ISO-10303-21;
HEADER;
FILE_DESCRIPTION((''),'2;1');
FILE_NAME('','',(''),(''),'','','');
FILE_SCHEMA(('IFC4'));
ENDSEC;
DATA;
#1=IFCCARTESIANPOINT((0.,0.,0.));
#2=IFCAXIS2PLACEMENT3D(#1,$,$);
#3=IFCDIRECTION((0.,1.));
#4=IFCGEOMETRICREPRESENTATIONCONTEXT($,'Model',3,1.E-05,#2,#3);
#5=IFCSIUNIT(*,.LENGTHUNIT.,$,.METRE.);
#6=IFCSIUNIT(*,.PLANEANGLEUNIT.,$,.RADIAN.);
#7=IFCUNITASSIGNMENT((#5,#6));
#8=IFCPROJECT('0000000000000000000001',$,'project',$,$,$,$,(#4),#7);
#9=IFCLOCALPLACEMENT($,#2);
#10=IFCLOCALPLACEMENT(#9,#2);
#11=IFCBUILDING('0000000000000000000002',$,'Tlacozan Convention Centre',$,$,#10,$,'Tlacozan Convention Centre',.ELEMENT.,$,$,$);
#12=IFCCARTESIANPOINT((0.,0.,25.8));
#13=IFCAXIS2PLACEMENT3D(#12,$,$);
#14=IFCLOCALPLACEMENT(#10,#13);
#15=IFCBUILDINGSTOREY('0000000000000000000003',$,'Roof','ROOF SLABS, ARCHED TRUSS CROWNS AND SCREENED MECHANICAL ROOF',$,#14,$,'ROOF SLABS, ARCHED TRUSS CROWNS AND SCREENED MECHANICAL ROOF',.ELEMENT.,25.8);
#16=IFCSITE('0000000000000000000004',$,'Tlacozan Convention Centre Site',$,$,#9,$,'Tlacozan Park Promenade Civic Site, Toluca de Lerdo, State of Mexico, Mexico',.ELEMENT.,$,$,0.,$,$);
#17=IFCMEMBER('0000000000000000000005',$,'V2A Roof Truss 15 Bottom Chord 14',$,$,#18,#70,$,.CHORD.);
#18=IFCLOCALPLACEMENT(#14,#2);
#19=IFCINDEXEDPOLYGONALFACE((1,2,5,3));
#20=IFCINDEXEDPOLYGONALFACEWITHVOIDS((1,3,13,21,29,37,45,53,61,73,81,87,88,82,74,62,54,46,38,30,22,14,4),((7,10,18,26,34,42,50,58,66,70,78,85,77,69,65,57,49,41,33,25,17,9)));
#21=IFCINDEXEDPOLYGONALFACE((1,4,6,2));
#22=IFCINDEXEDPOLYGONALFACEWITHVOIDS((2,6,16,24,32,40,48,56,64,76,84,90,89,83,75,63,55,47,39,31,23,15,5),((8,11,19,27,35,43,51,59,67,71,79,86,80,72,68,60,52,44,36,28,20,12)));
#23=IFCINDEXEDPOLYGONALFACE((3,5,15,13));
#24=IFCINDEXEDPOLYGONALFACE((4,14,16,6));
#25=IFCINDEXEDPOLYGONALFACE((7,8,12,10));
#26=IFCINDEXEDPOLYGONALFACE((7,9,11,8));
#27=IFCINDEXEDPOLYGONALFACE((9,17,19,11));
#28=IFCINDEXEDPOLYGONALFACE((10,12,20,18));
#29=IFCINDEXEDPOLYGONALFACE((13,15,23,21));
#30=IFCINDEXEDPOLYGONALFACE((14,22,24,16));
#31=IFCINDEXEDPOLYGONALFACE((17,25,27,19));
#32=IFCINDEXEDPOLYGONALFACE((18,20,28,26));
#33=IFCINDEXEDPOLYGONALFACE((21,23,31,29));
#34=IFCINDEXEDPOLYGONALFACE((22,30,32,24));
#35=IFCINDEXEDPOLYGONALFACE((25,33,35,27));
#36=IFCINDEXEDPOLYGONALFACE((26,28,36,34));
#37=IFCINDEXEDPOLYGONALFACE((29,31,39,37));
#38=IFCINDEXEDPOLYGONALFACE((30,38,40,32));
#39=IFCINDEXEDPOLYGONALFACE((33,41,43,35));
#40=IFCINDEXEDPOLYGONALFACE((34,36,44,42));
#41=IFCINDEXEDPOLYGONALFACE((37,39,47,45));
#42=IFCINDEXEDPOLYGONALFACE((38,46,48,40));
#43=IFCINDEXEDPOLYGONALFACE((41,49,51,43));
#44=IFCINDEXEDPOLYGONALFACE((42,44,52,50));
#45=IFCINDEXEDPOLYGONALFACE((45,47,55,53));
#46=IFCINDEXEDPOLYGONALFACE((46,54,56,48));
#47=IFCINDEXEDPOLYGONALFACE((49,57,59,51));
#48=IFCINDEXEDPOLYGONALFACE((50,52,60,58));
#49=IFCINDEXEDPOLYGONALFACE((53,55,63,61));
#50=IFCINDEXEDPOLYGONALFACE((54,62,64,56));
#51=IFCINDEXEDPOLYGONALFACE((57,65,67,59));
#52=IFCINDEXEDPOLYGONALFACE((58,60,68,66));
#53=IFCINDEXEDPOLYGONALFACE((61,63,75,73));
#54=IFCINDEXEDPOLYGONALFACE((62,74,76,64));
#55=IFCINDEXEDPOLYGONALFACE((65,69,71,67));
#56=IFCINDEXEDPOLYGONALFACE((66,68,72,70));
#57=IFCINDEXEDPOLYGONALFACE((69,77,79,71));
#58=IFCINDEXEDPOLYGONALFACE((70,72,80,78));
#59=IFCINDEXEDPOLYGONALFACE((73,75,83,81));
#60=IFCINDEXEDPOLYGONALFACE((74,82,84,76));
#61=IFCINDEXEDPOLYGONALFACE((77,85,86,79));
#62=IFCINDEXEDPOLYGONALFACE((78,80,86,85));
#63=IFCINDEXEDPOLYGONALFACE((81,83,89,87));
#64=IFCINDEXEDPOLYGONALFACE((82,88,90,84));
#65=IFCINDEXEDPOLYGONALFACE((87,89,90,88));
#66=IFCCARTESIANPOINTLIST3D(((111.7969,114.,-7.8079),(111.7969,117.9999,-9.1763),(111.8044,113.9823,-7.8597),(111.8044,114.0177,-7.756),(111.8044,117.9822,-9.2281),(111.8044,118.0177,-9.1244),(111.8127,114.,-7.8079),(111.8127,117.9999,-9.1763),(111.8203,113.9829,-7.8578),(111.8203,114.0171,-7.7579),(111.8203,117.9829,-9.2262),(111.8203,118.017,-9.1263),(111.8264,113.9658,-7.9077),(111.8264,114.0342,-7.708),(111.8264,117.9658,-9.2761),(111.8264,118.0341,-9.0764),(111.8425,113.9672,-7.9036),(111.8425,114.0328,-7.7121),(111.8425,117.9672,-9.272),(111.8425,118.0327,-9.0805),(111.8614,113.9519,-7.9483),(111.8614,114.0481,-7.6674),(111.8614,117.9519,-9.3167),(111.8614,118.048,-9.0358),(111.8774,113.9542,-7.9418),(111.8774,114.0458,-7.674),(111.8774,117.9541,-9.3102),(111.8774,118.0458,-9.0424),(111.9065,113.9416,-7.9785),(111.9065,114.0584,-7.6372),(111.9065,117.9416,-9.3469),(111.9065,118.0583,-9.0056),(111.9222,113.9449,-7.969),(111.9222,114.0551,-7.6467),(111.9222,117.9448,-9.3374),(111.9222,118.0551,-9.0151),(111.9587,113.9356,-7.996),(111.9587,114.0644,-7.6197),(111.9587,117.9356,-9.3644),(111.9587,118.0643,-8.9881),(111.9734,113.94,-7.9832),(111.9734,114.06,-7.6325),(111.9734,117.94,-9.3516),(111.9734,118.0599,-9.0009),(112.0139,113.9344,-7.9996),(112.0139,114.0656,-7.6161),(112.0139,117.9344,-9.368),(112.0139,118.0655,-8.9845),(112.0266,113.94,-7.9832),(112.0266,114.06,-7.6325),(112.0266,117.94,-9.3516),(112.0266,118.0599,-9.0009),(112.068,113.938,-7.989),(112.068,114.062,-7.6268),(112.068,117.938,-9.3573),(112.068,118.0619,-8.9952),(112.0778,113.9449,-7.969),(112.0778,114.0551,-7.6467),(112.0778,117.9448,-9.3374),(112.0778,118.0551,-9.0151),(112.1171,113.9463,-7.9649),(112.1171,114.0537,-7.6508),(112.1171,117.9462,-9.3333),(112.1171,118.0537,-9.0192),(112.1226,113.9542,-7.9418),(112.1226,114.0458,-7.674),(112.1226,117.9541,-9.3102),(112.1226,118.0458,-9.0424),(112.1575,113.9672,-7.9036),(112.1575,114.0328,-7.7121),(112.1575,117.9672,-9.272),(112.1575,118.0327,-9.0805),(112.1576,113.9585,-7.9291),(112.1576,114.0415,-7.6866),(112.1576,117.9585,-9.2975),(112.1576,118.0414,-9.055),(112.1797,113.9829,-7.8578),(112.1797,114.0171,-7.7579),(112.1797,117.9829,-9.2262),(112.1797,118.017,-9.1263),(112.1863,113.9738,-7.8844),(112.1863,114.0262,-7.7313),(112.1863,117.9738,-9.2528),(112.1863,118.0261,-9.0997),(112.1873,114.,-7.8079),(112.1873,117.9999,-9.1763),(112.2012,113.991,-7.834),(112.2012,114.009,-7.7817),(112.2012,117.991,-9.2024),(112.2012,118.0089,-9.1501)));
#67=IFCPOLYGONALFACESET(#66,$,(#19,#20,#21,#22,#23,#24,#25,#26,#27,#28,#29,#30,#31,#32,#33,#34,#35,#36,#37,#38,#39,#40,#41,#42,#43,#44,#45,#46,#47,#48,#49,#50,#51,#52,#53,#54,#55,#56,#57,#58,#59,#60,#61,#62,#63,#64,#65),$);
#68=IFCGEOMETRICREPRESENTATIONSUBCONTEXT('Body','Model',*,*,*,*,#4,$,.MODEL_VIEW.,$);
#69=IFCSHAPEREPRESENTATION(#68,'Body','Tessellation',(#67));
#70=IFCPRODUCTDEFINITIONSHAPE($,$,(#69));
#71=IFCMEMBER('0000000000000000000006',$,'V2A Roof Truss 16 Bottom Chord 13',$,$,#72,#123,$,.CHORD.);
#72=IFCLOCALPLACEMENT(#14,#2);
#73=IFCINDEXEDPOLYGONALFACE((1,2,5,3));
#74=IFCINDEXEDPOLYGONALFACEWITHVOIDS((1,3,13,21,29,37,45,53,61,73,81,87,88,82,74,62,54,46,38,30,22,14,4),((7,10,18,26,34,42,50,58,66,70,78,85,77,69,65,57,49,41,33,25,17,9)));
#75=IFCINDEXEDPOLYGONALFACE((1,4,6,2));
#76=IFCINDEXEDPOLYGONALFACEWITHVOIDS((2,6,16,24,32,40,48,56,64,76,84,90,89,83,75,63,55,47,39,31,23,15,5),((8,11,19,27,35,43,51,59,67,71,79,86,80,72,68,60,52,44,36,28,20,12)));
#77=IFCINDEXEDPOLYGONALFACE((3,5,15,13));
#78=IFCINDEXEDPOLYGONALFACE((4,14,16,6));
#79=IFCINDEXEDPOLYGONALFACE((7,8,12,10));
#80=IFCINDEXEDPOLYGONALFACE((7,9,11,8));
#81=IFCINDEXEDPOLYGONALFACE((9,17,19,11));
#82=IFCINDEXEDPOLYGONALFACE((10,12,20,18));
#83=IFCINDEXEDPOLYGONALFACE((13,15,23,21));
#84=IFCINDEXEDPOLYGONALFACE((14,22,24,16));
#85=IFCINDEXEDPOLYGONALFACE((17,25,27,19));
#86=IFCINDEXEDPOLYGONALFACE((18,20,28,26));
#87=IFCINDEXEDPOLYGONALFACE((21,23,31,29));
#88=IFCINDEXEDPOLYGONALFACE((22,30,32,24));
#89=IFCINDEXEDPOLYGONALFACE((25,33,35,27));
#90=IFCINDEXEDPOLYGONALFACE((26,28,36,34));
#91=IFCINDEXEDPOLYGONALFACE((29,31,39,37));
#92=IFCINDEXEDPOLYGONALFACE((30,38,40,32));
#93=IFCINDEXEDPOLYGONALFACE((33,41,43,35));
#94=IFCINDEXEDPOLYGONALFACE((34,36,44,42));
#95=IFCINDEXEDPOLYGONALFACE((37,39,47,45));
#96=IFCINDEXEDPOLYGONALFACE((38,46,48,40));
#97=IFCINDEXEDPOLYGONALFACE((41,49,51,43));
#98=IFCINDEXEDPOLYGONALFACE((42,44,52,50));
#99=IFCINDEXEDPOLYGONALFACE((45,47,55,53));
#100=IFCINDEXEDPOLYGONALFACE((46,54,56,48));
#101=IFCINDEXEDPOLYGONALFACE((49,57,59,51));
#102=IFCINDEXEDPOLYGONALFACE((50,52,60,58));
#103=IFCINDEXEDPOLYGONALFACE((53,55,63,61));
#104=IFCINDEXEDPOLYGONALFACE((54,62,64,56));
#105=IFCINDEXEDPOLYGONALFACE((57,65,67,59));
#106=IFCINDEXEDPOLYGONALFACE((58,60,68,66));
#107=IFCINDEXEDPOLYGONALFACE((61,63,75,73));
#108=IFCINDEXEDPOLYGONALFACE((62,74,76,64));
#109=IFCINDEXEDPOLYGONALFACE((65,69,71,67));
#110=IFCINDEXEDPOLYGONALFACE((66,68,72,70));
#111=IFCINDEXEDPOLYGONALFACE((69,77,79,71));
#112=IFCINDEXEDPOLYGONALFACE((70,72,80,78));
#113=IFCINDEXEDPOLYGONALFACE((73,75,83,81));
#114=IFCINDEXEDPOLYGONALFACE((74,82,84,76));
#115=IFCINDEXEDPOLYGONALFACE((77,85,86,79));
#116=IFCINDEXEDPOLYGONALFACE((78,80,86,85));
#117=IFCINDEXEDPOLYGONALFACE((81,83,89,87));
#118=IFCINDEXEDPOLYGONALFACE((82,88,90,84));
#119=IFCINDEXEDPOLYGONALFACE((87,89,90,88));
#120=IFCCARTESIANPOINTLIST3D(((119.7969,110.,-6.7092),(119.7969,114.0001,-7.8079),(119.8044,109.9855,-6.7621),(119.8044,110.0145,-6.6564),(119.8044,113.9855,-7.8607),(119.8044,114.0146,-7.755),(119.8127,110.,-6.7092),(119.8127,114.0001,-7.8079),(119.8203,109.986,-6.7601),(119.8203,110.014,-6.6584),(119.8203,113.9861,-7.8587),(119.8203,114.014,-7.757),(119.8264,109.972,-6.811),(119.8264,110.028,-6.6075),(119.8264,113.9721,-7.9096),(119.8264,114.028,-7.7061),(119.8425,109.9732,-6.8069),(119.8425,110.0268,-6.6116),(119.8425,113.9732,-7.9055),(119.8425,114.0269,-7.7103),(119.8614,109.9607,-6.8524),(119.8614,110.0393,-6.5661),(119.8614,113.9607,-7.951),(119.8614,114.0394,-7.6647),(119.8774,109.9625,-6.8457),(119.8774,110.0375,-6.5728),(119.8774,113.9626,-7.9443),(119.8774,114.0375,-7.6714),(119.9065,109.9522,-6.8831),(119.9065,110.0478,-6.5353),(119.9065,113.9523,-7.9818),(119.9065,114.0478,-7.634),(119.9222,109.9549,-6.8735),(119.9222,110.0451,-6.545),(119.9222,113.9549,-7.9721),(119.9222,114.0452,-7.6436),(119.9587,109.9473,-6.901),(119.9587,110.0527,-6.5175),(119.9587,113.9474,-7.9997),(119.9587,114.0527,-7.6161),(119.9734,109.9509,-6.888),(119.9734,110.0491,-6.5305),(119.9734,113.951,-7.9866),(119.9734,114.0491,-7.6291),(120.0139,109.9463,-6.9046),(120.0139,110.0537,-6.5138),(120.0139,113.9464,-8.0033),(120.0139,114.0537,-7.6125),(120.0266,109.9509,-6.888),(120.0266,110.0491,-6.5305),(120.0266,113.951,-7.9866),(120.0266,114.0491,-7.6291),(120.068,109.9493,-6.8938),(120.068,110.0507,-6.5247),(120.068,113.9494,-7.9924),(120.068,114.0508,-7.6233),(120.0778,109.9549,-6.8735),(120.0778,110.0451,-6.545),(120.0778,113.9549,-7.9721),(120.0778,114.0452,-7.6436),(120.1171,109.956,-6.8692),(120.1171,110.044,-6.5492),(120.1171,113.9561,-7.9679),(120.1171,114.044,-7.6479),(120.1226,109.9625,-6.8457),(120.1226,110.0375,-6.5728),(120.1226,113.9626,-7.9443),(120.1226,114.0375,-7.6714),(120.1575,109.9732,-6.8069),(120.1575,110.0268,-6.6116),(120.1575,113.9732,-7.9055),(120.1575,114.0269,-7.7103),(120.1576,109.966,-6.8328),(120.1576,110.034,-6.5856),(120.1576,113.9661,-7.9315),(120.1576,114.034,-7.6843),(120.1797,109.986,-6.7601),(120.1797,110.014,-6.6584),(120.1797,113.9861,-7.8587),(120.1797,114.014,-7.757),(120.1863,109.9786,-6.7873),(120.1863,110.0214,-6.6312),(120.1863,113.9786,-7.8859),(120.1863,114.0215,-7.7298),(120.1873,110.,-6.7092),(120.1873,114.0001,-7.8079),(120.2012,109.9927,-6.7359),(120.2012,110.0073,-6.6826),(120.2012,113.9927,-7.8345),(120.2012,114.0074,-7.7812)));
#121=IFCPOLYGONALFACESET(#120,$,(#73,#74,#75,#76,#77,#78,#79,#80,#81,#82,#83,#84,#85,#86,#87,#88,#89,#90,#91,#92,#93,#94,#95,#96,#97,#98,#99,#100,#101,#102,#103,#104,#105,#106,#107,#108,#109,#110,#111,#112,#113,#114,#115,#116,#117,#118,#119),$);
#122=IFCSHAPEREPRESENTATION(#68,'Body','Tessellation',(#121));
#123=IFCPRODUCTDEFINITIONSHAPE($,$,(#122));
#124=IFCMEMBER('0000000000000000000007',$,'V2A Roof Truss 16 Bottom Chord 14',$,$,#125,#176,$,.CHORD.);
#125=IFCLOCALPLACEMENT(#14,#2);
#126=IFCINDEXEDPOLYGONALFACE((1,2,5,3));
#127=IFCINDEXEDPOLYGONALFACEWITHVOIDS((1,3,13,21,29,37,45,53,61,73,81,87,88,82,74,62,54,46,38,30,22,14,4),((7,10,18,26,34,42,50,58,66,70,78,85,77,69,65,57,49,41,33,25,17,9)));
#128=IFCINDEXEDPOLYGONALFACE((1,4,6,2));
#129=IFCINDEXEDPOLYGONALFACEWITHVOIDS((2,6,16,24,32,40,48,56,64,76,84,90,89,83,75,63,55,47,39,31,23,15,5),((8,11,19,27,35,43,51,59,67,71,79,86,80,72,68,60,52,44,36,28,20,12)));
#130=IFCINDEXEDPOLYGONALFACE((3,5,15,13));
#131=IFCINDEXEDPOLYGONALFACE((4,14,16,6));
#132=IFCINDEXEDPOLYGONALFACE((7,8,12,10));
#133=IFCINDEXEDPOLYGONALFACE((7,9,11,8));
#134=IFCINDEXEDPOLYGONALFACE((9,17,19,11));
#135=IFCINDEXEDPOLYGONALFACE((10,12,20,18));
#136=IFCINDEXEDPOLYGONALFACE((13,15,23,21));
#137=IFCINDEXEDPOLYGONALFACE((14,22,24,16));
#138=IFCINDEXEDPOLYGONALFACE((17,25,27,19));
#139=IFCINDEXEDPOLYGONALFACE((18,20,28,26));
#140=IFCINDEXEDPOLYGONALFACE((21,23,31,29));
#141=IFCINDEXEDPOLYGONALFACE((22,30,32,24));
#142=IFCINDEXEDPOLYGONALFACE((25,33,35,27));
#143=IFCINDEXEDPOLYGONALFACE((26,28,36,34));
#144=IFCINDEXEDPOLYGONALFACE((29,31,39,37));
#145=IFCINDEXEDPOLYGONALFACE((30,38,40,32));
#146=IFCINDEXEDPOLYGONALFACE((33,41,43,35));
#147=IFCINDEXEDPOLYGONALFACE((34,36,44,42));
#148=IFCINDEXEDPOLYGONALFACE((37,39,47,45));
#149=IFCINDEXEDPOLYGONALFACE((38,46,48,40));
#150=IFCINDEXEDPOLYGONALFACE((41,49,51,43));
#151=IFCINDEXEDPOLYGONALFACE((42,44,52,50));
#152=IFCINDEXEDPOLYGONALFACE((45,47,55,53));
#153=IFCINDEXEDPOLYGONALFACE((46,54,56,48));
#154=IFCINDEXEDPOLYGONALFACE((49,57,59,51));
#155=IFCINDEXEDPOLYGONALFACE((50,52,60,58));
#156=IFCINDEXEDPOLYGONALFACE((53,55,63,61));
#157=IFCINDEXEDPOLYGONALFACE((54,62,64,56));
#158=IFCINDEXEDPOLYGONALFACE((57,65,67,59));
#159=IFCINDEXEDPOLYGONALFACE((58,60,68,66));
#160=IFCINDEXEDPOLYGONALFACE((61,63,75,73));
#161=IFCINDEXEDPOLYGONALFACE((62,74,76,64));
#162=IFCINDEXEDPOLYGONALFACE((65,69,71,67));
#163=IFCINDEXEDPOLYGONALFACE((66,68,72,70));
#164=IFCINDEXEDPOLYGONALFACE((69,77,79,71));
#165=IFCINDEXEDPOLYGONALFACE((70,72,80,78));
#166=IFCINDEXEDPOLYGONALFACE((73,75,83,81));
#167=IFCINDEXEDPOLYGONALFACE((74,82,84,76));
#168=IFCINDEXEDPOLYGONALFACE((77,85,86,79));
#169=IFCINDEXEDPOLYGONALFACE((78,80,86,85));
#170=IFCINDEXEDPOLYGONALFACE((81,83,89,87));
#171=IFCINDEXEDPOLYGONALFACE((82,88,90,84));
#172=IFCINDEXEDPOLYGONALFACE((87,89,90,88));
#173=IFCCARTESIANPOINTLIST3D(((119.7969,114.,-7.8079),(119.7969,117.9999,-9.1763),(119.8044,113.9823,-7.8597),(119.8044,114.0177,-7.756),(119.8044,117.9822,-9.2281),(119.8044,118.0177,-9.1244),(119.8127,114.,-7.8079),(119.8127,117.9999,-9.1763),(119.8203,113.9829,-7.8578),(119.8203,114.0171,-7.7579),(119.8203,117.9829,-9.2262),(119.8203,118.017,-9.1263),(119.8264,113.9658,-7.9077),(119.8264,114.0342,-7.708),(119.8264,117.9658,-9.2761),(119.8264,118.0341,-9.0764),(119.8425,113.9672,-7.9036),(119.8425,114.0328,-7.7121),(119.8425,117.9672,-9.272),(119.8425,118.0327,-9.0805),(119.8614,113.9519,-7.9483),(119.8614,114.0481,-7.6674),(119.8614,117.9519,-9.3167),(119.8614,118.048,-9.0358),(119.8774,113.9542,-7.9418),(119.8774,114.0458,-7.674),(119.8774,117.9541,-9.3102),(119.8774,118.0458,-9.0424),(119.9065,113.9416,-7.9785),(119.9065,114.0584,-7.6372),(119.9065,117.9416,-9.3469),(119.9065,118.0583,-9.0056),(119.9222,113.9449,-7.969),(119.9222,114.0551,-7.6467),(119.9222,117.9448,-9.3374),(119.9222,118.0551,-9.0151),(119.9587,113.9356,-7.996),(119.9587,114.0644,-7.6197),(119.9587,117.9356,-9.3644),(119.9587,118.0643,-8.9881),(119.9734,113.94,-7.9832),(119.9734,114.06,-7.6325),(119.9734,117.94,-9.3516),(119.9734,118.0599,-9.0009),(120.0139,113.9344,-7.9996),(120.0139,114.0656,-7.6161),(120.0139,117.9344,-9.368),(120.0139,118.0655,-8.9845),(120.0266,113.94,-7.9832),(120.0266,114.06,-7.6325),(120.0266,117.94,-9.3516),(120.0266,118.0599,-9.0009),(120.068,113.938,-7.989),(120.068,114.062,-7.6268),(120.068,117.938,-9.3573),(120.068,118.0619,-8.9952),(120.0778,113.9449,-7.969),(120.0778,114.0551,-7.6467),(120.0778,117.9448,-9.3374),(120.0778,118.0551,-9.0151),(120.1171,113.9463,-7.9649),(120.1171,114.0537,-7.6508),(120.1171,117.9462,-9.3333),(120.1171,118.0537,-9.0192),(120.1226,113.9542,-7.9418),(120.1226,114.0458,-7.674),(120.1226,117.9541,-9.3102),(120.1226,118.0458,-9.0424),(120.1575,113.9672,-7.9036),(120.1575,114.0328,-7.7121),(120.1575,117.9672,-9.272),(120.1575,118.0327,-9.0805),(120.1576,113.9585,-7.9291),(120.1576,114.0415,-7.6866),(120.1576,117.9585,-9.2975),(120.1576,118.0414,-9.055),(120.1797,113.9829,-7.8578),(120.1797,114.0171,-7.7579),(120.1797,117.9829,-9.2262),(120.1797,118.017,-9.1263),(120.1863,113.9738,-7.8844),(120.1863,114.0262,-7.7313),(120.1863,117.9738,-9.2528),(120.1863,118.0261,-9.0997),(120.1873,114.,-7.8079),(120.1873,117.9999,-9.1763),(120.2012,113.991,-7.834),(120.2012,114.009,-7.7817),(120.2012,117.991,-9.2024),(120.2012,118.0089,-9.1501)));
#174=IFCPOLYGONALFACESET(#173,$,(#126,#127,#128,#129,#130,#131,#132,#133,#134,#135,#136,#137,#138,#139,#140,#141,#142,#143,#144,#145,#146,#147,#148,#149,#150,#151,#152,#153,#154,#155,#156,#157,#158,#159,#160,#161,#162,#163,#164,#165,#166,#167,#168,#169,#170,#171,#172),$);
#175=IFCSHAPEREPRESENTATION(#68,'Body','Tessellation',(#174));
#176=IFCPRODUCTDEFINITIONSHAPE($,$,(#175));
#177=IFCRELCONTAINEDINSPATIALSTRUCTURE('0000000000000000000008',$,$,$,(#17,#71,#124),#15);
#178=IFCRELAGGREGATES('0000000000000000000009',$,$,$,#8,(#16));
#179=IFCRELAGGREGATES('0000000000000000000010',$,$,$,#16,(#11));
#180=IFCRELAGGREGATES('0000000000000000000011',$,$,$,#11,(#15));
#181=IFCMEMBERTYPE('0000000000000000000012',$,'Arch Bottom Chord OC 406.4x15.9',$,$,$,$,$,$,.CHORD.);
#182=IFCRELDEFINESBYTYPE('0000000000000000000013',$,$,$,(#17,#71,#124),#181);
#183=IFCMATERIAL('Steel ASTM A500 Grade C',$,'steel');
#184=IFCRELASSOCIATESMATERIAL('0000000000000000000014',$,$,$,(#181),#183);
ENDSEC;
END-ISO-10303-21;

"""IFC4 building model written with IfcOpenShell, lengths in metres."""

from ifc_helpers import new_model, si_unit, direction, frame, origin, origin_2d, place, context, subcontext, project, spatial, hollow_circle, extrude, material, material_profile, profile_set, type_object, element, save


model = new_model("IFC4")

# Units and contexts
model_context = context("Model", 3, precision=1e-05, world=origin(), true_north=direction((0.0, 1.0)))
body_context = subcontext(model_context, "Body", "Model", "MODEL_VIEW")
ifc_project = project(units=[si_unit("LENGTHUNIT", "METRE"), si_unit("PLANEANGLEUNIT", "RADIAN")], contexts=[model_context])

# Site, building, storey
site_placement = place(None, origin())
site = spatial("IfcSite", under=ifc_project, at=site_placement, Name="Tlacozan Convention Centre Site", LongName="Tlacozan Park Promenade Civic Site, Toluca de Lerdo, State of Mexico, Mexico", CompositionType="ELEMENT", RefElevation=0.0)
building_placement = place(site_placement, origin())
building = spatial("IfcBuilding", under=site, at=building_placement, Name="Tlacozan Convention Centre", LongName="Tlacozan Convention Centre", CompositionType="ELEMENT")
storey_placement = place(building_placement, frame((0.0, 0.0, 25.8)))
storey = spatial("IfcBuildingStorey", under=building, at=storey_placement, Name="Roof", Description="ROOF SLABS, ARCHED TRUSS CROWNS AND SCREENED MECHANICAL ROOF", LongName="ROOF SLABS, ARCHED TRUSS CROWNS AND SCREENED MECHANICAL ROOF", CompositionType="ELEMENT", Elevation=25.8)

# Members
ifc_material_1 = material(Name="Steel ASTM A500 Grade C", Category="steel")
ifc_material_profile_1 = material_profile(ifc_material_1, hollow_circle(Radius=0.2031, WallThickness=0.0159, at=origin_2d()), Name="OC 406.4x15.9")
ifc_profile_set_1 = profile_set([ifc_material_profile_1], Name="Steel ASTM A500 Grade C")
member_type_1 = type_object("IfcMemberType", Name="Arch Bottom Chord OC 406.4x15.9", PredefinedType="CHORD", material=ifc_profile_set_1)
member_1_placement = place(storey_placement, frame((112.0, 114.0, -7.8079), z_axis=(0.0, 0.946165, -0.323685), x_axis=(-1.0, 0.0, 0.0)))
element("IfcMember", 1, at=member_1_placement, inside=storey, type_object=member_type_1, Name="V2A Roof Truss 15 Bottom Chord 14", PredefinedType="CHORD", context=body_context, shape_type="SweptSolid", body=[
    extrude(hollow_circle(Radius=0.2031, WallThickness=0.0159, at=origin_2d()), origin(), (0.0, 0.0, 1.0), 4.2275),
])
member_2_placement = place(storey_placement, frame((120.0, 110.0, -6.7092), z_axis=(0.0, 0.96429, -0.26485), x_axis=(-1.0, 0.0, 0.0)))
element("IfcMember", 2, at=member_2_placement, inside=storey, type_object=member_type_1, Name="V2A Roof Truss 16 Bottom Chord 13", PredefinedType="CHORD", context=body_context, shape_type="SweptSolid", body=[
    extrude(hollow_circle(Radius=0.2031, WallThickness=0.0159, at=origin_2d()), origin(), (0.0, 0.0, 1.0), 4.1482),
])
member_3_placement = place(storey_placement, frame((120.0, 114.0, -7.8079), z_axis=(0.0, 0.946165, -0.323685), x_axis=(-1.0, 0.0, 0.0)))
element("IfcMember", 3, at=member_3_placement, inside=storey, type_object=member_type_1, Name="V2A Roof Truss 16 Bottom Chord 14", PredefinedType="CHORD", context=body_context, shape_type="SweptSolid", body=[
    extrude(hollow_circle(Radius=0.2031, WallThickness=0.0159, at=origin_2d()), origin(), (0.0, 0.0, 1.0), 4.2275),
])

save(model, "model.ifc")
